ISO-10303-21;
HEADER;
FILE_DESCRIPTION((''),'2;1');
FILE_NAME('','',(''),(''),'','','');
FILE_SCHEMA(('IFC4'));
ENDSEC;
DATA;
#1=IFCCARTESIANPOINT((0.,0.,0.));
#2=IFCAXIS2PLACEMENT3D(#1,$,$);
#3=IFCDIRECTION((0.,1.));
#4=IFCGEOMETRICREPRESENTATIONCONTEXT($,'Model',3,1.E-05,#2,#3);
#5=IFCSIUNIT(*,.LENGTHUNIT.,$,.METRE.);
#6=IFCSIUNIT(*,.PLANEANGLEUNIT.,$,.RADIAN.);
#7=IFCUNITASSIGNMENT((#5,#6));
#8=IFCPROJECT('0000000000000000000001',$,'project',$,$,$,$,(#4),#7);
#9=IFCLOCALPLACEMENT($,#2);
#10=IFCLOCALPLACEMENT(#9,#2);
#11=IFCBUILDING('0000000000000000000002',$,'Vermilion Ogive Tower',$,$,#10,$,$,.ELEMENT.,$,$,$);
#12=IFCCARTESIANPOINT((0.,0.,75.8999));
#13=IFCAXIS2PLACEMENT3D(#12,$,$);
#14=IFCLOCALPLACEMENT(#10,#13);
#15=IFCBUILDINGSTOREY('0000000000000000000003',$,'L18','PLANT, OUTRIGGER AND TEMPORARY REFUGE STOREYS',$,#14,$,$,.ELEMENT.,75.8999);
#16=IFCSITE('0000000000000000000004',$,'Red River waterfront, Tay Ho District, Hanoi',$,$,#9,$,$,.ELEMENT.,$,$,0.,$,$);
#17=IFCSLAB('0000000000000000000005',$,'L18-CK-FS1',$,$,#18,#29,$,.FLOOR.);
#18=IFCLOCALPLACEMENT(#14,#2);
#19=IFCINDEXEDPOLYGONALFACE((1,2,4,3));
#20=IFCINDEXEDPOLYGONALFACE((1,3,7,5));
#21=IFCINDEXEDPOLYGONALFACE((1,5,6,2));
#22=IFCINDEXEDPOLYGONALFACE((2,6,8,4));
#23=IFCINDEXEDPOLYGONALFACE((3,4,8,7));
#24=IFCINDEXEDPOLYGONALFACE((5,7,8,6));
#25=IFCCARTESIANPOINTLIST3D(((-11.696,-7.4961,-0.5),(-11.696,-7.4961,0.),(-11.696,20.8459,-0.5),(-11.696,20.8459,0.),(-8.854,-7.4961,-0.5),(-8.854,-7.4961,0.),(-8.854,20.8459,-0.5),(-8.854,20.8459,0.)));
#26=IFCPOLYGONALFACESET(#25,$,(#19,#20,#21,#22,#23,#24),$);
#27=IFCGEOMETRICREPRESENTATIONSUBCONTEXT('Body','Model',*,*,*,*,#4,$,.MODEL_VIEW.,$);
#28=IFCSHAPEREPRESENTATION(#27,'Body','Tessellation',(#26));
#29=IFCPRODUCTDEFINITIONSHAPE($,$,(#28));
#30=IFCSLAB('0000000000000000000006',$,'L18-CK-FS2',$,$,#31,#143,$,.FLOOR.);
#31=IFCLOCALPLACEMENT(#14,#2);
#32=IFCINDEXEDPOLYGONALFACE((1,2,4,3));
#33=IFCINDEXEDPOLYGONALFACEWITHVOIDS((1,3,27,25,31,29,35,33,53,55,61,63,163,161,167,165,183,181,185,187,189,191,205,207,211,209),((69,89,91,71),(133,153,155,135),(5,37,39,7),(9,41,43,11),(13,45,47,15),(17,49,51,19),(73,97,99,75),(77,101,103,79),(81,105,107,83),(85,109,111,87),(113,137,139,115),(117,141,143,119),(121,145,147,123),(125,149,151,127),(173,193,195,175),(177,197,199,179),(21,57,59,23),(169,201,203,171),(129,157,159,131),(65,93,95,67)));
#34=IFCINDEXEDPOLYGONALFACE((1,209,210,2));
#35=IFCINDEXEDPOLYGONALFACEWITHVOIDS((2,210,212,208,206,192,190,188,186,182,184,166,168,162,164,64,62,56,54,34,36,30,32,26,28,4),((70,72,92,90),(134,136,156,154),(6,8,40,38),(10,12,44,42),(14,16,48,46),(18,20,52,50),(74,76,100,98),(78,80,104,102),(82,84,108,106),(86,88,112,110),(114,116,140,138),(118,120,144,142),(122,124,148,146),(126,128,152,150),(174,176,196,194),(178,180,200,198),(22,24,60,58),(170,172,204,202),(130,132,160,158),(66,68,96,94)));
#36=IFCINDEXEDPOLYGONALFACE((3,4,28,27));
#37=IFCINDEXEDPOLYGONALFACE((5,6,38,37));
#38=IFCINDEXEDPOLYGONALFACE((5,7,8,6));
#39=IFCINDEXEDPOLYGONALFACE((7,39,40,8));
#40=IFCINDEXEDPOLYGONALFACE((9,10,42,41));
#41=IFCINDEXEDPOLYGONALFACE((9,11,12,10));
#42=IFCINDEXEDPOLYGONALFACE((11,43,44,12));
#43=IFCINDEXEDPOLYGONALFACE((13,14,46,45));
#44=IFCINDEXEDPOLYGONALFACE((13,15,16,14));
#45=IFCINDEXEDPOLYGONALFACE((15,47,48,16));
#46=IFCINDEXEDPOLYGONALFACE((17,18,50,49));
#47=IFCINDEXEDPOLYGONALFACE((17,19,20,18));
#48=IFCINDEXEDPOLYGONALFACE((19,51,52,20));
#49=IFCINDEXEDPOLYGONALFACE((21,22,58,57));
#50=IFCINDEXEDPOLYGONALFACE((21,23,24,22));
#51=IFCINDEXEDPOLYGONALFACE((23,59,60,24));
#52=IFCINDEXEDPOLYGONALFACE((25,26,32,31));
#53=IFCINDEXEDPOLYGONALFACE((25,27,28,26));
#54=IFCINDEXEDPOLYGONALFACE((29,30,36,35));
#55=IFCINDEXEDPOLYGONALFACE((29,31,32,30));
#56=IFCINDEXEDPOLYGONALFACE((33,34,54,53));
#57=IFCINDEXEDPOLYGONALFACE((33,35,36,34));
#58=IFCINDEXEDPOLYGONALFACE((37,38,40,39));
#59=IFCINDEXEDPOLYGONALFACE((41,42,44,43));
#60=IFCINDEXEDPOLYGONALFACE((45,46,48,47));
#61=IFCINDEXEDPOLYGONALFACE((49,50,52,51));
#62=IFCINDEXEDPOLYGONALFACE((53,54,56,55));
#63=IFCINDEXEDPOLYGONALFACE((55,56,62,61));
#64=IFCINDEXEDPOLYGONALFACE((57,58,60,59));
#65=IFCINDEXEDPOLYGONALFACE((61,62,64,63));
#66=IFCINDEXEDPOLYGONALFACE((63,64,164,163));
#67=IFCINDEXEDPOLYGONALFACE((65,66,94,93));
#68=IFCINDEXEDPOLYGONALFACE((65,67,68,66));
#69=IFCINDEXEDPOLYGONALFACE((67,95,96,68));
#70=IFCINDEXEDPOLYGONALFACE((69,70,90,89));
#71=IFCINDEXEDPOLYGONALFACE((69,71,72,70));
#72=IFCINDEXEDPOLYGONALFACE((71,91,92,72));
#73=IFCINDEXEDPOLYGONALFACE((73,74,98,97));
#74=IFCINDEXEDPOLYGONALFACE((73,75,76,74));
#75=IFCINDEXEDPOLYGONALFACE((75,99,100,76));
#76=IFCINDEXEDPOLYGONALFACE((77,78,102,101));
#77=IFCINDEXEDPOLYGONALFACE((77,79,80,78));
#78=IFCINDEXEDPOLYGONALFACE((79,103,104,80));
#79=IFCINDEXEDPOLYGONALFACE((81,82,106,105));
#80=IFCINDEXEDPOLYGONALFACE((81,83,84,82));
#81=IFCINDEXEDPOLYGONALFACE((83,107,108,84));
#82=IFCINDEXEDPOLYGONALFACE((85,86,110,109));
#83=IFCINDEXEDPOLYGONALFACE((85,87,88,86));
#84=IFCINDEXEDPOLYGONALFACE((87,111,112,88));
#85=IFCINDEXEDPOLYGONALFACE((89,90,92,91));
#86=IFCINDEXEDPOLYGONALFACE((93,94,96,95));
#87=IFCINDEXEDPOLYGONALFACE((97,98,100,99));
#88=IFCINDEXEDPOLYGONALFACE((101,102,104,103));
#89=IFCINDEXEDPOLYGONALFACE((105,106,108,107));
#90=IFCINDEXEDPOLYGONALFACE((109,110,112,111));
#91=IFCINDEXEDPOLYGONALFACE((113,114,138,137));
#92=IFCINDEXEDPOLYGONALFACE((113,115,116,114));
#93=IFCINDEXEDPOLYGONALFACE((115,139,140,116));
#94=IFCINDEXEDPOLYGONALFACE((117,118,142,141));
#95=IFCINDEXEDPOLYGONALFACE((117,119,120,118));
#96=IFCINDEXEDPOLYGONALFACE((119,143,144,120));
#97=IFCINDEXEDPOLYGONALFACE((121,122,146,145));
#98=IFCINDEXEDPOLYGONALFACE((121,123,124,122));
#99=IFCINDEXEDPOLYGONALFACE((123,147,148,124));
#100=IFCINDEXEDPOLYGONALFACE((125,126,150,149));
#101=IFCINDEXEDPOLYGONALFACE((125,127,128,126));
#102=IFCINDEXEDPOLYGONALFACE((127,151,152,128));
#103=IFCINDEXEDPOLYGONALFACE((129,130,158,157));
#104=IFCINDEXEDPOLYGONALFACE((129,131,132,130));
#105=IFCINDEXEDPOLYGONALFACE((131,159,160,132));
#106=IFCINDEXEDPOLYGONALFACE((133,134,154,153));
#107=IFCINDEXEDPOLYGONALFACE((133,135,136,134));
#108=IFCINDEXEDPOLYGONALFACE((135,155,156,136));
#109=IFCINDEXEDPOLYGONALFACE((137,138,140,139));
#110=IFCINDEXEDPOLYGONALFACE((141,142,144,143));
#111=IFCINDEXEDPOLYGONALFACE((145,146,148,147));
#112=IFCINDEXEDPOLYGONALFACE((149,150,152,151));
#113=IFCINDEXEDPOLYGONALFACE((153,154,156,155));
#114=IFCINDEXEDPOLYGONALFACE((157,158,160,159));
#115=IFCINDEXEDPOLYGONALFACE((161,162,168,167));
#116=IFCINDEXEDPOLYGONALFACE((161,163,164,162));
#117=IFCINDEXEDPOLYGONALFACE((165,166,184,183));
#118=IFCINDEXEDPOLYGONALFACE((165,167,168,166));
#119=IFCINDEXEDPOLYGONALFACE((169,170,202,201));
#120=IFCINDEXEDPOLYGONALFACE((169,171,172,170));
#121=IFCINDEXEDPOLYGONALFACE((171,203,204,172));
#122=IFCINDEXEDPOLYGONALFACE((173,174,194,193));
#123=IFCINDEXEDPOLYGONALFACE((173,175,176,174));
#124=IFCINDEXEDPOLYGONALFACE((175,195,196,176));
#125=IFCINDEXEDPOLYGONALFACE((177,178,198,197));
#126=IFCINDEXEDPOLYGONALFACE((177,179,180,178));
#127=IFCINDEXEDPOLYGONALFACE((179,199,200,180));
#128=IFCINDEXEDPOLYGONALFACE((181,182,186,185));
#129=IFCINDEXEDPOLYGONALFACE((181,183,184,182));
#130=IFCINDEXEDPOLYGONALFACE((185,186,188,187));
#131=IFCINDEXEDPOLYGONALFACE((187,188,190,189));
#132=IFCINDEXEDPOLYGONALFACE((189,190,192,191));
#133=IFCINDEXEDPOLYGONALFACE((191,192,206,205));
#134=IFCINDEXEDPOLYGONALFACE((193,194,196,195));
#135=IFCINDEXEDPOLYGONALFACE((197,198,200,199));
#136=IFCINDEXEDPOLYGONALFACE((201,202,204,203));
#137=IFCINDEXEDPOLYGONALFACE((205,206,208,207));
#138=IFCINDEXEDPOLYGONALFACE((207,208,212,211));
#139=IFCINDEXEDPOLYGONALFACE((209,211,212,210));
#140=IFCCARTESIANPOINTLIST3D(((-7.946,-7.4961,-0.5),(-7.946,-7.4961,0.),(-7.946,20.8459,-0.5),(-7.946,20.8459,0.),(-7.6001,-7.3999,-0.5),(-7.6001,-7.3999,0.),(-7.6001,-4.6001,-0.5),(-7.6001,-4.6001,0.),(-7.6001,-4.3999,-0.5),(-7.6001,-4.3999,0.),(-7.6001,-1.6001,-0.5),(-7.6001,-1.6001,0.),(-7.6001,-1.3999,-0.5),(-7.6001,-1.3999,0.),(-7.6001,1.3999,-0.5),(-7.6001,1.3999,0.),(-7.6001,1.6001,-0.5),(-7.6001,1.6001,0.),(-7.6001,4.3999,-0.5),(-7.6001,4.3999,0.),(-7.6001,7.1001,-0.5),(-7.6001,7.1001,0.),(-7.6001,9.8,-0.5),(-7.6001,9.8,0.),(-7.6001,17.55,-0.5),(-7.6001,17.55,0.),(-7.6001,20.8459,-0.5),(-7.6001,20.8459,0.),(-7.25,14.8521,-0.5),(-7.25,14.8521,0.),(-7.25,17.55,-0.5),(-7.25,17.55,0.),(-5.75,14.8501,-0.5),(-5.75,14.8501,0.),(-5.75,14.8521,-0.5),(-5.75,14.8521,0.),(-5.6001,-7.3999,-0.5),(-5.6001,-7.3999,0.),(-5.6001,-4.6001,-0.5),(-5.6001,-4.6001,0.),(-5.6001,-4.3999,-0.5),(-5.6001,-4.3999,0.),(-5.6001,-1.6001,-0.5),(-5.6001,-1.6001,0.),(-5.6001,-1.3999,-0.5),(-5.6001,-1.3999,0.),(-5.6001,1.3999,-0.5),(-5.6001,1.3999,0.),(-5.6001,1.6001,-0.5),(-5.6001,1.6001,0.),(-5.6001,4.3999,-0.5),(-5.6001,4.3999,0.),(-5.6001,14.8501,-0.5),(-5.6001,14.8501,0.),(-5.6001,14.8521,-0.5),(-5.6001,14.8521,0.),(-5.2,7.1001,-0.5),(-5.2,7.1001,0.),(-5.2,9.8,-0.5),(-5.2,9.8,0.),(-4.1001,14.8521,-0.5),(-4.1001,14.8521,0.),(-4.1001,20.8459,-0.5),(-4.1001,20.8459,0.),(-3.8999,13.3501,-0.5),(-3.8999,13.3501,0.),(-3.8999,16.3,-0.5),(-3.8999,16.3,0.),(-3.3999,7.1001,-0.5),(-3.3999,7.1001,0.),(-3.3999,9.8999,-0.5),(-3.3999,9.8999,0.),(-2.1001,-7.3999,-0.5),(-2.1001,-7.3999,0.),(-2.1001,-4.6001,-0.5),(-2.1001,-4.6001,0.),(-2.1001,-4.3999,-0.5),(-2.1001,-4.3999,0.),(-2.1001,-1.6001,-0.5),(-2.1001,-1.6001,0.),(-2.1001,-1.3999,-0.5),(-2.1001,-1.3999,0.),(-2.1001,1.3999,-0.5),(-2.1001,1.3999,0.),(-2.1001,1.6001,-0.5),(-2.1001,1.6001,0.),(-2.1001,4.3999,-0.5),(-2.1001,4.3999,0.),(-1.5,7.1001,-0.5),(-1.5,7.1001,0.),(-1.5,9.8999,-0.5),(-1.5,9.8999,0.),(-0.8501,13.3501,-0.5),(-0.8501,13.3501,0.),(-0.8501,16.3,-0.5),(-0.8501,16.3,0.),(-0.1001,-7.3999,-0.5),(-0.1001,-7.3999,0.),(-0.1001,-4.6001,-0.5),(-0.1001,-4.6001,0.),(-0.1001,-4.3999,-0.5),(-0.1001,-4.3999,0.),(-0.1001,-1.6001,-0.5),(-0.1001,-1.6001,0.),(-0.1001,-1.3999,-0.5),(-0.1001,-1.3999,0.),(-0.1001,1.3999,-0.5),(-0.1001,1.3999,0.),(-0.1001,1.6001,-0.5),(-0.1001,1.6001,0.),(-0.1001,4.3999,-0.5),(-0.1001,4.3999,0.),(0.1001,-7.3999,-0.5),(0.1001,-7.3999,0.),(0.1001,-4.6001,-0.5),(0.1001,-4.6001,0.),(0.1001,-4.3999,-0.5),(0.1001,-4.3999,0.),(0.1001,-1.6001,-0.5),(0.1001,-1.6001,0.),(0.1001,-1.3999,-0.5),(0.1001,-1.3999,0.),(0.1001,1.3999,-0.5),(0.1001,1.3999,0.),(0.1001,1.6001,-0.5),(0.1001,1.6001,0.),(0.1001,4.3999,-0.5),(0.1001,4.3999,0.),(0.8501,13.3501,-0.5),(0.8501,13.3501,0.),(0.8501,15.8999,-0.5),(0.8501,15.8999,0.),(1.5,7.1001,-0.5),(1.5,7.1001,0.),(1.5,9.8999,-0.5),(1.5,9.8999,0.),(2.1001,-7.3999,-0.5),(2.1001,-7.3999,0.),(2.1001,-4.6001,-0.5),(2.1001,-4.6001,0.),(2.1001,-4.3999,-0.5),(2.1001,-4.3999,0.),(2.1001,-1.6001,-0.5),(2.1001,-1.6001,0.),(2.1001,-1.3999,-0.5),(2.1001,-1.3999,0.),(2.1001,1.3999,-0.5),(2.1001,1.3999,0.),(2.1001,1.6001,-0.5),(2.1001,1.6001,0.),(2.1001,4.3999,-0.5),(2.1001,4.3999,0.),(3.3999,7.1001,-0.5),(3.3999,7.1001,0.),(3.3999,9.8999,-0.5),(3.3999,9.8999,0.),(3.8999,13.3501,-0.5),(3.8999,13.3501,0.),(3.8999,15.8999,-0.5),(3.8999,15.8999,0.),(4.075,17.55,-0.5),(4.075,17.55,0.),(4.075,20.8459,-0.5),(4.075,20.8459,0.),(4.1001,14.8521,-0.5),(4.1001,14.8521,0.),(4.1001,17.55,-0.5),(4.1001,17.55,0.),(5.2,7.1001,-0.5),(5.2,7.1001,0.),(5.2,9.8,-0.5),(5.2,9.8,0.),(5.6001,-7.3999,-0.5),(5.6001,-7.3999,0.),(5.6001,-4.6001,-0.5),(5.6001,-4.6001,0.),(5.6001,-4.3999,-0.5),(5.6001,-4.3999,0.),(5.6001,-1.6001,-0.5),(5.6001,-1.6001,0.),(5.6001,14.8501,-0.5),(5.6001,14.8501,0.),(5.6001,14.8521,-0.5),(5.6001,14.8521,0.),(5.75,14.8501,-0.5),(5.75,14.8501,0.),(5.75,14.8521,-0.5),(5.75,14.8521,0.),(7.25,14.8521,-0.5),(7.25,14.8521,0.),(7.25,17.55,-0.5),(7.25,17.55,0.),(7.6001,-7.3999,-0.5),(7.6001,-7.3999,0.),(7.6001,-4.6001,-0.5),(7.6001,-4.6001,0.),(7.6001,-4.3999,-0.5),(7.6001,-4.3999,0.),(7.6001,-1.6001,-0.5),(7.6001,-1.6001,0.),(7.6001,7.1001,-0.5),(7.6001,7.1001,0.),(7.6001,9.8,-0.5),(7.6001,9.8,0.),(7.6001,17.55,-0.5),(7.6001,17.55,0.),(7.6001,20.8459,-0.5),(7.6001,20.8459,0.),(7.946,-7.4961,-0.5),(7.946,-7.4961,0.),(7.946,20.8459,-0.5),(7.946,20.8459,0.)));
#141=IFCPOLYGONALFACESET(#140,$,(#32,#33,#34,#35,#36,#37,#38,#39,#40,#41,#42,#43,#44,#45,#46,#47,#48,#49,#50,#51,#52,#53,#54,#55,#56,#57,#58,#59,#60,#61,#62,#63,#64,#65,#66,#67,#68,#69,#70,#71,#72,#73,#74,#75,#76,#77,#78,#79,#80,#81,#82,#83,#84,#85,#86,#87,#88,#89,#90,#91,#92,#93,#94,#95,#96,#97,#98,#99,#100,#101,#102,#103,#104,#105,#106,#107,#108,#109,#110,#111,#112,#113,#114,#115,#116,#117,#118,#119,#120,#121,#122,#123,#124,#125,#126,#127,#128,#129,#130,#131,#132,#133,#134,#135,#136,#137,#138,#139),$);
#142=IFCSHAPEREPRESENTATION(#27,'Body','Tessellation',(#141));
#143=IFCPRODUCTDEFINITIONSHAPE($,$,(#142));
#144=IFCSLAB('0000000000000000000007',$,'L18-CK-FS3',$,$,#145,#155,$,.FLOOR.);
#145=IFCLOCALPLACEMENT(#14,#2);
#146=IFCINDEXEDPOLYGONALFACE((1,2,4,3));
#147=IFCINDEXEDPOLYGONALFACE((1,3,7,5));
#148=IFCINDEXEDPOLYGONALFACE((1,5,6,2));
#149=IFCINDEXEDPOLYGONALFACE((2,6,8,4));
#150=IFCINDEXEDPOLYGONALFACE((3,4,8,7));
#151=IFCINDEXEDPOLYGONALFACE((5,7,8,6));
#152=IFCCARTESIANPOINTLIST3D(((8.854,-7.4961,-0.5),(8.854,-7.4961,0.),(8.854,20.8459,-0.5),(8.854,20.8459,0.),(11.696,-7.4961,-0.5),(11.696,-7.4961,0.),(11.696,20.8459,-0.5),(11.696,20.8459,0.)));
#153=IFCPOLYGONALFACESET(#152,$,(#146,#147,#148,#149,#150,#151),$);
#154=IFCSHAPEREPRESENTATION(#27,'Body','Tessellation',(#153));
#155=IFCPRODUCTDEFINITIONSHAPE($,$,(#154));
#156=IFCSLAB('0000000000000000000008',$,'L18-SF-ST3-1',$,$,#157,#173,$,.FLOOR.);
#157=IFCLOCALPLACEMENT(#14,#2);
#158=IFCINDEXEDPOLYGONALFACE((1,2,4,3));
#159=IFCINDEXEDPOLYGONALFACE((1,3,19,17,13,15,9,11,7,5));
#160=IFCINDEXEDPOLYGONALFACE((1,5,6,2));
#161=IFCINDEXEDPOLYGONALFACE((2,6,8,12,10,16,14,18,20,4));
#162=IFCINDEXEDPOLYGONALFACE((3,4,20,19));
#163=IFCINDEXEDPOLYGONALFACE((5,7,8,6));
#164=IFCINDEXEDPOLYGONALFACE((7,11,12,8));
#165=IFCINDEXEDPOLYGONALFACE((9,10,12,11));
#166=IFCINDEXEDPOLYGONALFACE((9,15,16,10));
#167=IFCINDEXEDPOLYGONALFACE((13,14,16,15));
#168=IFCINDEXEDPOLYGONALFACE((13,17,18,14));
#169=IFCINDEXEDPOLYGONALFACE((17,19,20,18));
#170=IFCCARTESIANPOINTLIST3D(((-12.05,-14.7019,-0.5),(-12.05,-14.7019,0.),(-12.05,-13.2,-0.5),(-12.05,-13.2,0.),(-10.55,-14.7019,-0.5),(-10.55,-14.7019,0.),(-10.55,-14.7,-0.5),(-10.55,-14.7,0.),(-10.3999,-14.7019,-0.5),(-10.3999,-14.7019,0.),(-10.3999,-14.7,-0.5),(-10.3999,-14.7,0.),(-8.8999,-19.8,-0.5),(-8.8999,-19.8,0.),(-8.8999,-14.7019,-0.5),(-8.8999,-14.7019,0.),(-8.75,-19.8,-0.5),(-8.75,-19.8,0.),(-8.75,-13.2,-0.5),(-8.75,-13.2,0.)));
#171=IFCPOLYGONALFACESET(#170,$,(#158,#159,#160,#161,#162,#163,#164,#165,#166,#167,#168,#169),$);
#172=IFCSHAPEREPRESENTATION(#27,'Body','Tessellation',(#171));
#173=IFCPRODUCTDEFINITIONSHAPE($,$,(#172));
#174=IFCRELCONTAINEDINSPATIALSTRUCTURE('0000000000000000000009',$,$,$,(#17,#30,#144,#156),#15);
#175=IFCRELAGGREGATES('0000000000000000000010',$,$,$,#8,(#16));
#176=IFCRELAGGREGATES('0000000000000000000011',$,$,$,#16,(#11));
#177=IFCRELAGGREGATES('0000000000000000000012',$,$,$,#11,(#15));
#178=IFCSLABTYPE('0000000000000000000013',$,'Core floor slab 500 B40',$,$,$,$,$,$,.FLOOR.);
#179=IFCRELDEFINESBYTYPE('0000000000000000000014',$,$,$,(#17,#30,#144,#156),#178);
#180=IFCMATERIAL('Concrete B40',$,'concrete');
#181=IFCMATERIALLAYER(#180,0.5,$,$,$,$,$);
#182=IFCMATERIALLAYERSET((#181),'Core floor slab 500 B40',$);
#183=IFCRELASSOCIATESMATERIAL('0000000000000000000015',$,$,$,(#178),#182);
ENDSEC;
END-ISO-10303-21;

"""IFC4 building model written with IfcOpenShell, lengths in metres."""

from ifc_helpers import new_model, si_unit, direction, frame, origin, place, context, subcontext, project, spatial, polyline, outline, extrude, material, layer, layer_set, type_object, element, save


model = new_model("IFC4")

# Units and contexts
model_context = context("Model", 3, precision=1e-05, world=origin(), true_north=direction((0.0, 1.0)))
body_context = subcontext(model_context, "Body", "Model", "MODEL_VIEW")
ifc_project = project(units=[si_unit("LENGTHUNIT", "METRE"), si_unit("PLANEANGLEUNIT", "RADIAN")], contexts=[model_context])

# Site, building, storey
site_placement = place(None, origin())
site = spatial("IfcSite", under=ifc_project, at=site_placement, Name="Red River waterfront, Tay Ho District, Hanoi", CompositionType="ELEMENT", RefElevation=0.0)
building_placement = place(site_placement, origin())
building = spatial("IfcBuilding", under=site, at=building_placement, Name="Vermilion Ogive Tower", CompositionType="ELEMENT")
storey_placement = place(building_placement, frame((0.0, 0.0, 75.8999)))
storey = spatial("IfcBuildingStorey", under=building, at=storey_placement, Name="L18", Description="PLANT, OUTRIGGER AND TEMPORARY REFUGE STOREYS", CompositionType="ELEMENT", Elevation=75.8999)

# Slabs
ifc_material_1 = material(Name="Concrete B40", Category="concrete")
ifc_layer_1 = layer(ifc_material_1, 0.5)
ifc_layer_set_1 = layer_set([ifc_layer_1], Name="Core floor slab 500 B40")
slab_type_1 = type_object("IfcSlabType", Name="Core floor slab 500 B40", PredefinedType="FLOOR", material=ifc_layer_set_1)
slab_1_placement = place(storey_placement, frame((0.0, 0.0, -0.5)))
element("IfcSlab", 1, at=slab_1_placement, inside=storey, type_object=slab_type_1, Name="L18-CK-FS1", PredefinedType="FLOOR", context=body_context, shape_type="SweptSolid", body=[
    extrude(outline(polyline([(-8.854, -7.4961), (-11.696, -7.4961), (-11.696, 20.8459), (-8.854, 20.8459), (-8.854, -7.4961)])), origin(), (0.0, 0.0, 1.0), 0.5),
])
slab_2_placement = place(storey_placement, frame((0.0, 0.0, -0.5)))
element("IfcSlab", 2, at=slab_2_placement, inside=storey, type_object=slab_type_1, Name="L18-CK-FS2", PredefinedType="FLOOR", context=body_context, shape_type="SweptSolid", body=[
    extrude(outline(polyline([(5.75, 14.8501), (5.6001, 14.8501), (5.6001, 14.8521), (4.1001, 14.8521), (4.1001, 17.55), (4.075, 17.55), (4.075, 20.8459), (-4.1001, 20.8459), (-4.1001, 14.8521), (-5.6001, 14.8521), (-5.6001, 14.8501), (-5.75, 14.8501), (-5.75, 14.8521), (-7.25, 14.8521), (-7.25, 17.55), (-7.6001, 17.55), (-7.6001, 20.8459), (-7.946, 20.8459), (-7.946, -7.4961), (7.946, -7.4961), (7.946, 20.8459), (7.6001, 20.8459), (7.6001, 17.55), (7.25, 17.55), (7.25, 14.8521), (5.75, 14.8521), (5.75, 14.8501)]), holes=[polyline([(-7.6001, -4.6001), (-5.6001, -4.6001), (-5.6001, -7.3999), (-7.6001, -7.3999), (-7.6001, -4.6001)]), polyline([(-2.1001, -4.6001), (-0.1001, -4.6001), (-0.1001, -7.3999), (-2.1001, -7.3999), (-2.1001, -4.6001)]), polyline([(-7.6001, -4.3999), (-7.6001, -1.6001), (-5.6001, -1.6001), (-5.6001, -4.3999), (-7.6001, -4.3999)]), polyline([(-2.1001, -1.6001), (-0.1001, -1.6001), (-0.1001, -4.3999), (-2.1001, -4.3999), (-2.1001, -1.6001)]), polyline([(-7.6001, -1.3999), (-7.6001, 1.3999), (-5.6001, 1.3999), (-5.6001, -1.3999), (-7.6001, -1.3999)]), polyline([(-2.1001, 1.3999), (-0.1001, 1.3999), (-0.1001, -1.3999), (-2.1001, -1.3999), (-2.1001, 1.3999)]), polyline([(-7.6001, 4.3999), (-5.6001, 4.3999), (-5.6001, 1.6001), (-7.6001, 1.6001), (-7.6001, 4.3999)]), polyline([(-2.1001, 4.3999), (-0.1001, 4.3999), (-0.1001, 1.6001), (-2.1001, 1.6001), (-2.1001, 4.3999)]), polyline([(-7.6001, 9.8), (-5.2, 9.8), (-5.2, 7.1001), (-7.6001, 7.1001), (-7.6001, 9.8)]), polyline([(-3.3999, 9.8999), (-1.5, 9.8999), (-1.5, 7.1001), (-3.3999, 7.1001), (-3.3999, 9.8999)]), polyline([(-3.8999, 16.3), (-0.8501, 16.3), (-0.8501, 13.3501), (-3.8999, 13.3501), (-3.8999, 16.3)]), polyline([(0.1001, -4.6001), (2.1001, -4.6001), (2.1001, -7.3999), (0.1001, -7.3999), (0.1001, -4.6001)]), polyline([(5.6001, -4.6001), (7.6001, -4.6001), (7.6001, -7.3999), (5.6001, -7.3999), (5.6001, -4.6001)]), polyline([(0.1001, -1.6001), (2.1001, -1.6001), (2.1001, -4.3999), (0.1001, -4.3999), (0.1001, -1.6001)]), polyline([(5.6001, -1.6001), (7.6001, -1.6001), (7.6001, -4.3999), (5.6001, -4.3999), (5.6001, -1.6001)]), polyline([(0.1001, 1.3999), (2.1001, 1.3999), (2.1001, -1.3999), (0.1001, -1.3999), (0.1001, 1.3999)]), polyline([(0.1001, 4.3999), (2.1001, 4.3999), (2.1001, 1.6001), (0.1001, 1.6001), (0.1001, 4.3999)]), polyline([(5.2, 9.8), (7.6001, 9.8), (7.6001, 7.1001), (5.2, 7.1001), (5.2, 9.8)]), polyline([(1.5, 9.8999), (3.3999, 9.8999), (3.3999, 7.1001), (1.5, 7.1001), (1.5, 9.8999)]), polyline([(0.8501, 15.8999), (3.8999, 15.8999), (3.8999, 13.3501), (0.8501, 13.3501), (0.8501, 15.8999)])]), origin(), (0.0, 0.0, 1.0), 0.5),
])
slab_3_placement = place(storey_placement, frame((0.0, 0.0, -0.5)))
element("IfcSlab", 3, at=slab_3_placement, inside=storey, type_object=slab_type_1, Name="L18-CK-FS3", PredefinedType="FLOOR", context=body_context, shape_type="SweptSolid", body=[
    extrude(outline(polyline([(8.854, 20.8459), (11.696, 20.8459), (11.696, -7.4961), (8.854, -7.4961), (8.854, 20.8459)])), origin(), (0.0, 0.0, 1.0), 0.5),
])
slab_4_placement = place(storey_placement, frame((0.0, 0.0, -0.5)))
element("IfcSlab", 4, at=slab_4_placement, inside=storey, type_object=slab_type_1, Name="L18-SF-ST3-1", PredefinedType="FLOOR", context=body_context, shape_type="SweptSolid", body=[
    extrude(outline(polyline([(-12.05, -13.2), (-12.05, -14.7019), (-10.55, -14.7019), (-10.55, -14.7), (-10.3999, -14.7), (-10.3999, -14.7019), (-8.8999, -14.7019), (-8.8999, -19.8), (-8.75, -19.8), (-8.75, -13.2), (-12.05, -13.2)])), origin(), (0.0, 0.0, 1.0), 0.5),
])

save(model, "model.ifc")
